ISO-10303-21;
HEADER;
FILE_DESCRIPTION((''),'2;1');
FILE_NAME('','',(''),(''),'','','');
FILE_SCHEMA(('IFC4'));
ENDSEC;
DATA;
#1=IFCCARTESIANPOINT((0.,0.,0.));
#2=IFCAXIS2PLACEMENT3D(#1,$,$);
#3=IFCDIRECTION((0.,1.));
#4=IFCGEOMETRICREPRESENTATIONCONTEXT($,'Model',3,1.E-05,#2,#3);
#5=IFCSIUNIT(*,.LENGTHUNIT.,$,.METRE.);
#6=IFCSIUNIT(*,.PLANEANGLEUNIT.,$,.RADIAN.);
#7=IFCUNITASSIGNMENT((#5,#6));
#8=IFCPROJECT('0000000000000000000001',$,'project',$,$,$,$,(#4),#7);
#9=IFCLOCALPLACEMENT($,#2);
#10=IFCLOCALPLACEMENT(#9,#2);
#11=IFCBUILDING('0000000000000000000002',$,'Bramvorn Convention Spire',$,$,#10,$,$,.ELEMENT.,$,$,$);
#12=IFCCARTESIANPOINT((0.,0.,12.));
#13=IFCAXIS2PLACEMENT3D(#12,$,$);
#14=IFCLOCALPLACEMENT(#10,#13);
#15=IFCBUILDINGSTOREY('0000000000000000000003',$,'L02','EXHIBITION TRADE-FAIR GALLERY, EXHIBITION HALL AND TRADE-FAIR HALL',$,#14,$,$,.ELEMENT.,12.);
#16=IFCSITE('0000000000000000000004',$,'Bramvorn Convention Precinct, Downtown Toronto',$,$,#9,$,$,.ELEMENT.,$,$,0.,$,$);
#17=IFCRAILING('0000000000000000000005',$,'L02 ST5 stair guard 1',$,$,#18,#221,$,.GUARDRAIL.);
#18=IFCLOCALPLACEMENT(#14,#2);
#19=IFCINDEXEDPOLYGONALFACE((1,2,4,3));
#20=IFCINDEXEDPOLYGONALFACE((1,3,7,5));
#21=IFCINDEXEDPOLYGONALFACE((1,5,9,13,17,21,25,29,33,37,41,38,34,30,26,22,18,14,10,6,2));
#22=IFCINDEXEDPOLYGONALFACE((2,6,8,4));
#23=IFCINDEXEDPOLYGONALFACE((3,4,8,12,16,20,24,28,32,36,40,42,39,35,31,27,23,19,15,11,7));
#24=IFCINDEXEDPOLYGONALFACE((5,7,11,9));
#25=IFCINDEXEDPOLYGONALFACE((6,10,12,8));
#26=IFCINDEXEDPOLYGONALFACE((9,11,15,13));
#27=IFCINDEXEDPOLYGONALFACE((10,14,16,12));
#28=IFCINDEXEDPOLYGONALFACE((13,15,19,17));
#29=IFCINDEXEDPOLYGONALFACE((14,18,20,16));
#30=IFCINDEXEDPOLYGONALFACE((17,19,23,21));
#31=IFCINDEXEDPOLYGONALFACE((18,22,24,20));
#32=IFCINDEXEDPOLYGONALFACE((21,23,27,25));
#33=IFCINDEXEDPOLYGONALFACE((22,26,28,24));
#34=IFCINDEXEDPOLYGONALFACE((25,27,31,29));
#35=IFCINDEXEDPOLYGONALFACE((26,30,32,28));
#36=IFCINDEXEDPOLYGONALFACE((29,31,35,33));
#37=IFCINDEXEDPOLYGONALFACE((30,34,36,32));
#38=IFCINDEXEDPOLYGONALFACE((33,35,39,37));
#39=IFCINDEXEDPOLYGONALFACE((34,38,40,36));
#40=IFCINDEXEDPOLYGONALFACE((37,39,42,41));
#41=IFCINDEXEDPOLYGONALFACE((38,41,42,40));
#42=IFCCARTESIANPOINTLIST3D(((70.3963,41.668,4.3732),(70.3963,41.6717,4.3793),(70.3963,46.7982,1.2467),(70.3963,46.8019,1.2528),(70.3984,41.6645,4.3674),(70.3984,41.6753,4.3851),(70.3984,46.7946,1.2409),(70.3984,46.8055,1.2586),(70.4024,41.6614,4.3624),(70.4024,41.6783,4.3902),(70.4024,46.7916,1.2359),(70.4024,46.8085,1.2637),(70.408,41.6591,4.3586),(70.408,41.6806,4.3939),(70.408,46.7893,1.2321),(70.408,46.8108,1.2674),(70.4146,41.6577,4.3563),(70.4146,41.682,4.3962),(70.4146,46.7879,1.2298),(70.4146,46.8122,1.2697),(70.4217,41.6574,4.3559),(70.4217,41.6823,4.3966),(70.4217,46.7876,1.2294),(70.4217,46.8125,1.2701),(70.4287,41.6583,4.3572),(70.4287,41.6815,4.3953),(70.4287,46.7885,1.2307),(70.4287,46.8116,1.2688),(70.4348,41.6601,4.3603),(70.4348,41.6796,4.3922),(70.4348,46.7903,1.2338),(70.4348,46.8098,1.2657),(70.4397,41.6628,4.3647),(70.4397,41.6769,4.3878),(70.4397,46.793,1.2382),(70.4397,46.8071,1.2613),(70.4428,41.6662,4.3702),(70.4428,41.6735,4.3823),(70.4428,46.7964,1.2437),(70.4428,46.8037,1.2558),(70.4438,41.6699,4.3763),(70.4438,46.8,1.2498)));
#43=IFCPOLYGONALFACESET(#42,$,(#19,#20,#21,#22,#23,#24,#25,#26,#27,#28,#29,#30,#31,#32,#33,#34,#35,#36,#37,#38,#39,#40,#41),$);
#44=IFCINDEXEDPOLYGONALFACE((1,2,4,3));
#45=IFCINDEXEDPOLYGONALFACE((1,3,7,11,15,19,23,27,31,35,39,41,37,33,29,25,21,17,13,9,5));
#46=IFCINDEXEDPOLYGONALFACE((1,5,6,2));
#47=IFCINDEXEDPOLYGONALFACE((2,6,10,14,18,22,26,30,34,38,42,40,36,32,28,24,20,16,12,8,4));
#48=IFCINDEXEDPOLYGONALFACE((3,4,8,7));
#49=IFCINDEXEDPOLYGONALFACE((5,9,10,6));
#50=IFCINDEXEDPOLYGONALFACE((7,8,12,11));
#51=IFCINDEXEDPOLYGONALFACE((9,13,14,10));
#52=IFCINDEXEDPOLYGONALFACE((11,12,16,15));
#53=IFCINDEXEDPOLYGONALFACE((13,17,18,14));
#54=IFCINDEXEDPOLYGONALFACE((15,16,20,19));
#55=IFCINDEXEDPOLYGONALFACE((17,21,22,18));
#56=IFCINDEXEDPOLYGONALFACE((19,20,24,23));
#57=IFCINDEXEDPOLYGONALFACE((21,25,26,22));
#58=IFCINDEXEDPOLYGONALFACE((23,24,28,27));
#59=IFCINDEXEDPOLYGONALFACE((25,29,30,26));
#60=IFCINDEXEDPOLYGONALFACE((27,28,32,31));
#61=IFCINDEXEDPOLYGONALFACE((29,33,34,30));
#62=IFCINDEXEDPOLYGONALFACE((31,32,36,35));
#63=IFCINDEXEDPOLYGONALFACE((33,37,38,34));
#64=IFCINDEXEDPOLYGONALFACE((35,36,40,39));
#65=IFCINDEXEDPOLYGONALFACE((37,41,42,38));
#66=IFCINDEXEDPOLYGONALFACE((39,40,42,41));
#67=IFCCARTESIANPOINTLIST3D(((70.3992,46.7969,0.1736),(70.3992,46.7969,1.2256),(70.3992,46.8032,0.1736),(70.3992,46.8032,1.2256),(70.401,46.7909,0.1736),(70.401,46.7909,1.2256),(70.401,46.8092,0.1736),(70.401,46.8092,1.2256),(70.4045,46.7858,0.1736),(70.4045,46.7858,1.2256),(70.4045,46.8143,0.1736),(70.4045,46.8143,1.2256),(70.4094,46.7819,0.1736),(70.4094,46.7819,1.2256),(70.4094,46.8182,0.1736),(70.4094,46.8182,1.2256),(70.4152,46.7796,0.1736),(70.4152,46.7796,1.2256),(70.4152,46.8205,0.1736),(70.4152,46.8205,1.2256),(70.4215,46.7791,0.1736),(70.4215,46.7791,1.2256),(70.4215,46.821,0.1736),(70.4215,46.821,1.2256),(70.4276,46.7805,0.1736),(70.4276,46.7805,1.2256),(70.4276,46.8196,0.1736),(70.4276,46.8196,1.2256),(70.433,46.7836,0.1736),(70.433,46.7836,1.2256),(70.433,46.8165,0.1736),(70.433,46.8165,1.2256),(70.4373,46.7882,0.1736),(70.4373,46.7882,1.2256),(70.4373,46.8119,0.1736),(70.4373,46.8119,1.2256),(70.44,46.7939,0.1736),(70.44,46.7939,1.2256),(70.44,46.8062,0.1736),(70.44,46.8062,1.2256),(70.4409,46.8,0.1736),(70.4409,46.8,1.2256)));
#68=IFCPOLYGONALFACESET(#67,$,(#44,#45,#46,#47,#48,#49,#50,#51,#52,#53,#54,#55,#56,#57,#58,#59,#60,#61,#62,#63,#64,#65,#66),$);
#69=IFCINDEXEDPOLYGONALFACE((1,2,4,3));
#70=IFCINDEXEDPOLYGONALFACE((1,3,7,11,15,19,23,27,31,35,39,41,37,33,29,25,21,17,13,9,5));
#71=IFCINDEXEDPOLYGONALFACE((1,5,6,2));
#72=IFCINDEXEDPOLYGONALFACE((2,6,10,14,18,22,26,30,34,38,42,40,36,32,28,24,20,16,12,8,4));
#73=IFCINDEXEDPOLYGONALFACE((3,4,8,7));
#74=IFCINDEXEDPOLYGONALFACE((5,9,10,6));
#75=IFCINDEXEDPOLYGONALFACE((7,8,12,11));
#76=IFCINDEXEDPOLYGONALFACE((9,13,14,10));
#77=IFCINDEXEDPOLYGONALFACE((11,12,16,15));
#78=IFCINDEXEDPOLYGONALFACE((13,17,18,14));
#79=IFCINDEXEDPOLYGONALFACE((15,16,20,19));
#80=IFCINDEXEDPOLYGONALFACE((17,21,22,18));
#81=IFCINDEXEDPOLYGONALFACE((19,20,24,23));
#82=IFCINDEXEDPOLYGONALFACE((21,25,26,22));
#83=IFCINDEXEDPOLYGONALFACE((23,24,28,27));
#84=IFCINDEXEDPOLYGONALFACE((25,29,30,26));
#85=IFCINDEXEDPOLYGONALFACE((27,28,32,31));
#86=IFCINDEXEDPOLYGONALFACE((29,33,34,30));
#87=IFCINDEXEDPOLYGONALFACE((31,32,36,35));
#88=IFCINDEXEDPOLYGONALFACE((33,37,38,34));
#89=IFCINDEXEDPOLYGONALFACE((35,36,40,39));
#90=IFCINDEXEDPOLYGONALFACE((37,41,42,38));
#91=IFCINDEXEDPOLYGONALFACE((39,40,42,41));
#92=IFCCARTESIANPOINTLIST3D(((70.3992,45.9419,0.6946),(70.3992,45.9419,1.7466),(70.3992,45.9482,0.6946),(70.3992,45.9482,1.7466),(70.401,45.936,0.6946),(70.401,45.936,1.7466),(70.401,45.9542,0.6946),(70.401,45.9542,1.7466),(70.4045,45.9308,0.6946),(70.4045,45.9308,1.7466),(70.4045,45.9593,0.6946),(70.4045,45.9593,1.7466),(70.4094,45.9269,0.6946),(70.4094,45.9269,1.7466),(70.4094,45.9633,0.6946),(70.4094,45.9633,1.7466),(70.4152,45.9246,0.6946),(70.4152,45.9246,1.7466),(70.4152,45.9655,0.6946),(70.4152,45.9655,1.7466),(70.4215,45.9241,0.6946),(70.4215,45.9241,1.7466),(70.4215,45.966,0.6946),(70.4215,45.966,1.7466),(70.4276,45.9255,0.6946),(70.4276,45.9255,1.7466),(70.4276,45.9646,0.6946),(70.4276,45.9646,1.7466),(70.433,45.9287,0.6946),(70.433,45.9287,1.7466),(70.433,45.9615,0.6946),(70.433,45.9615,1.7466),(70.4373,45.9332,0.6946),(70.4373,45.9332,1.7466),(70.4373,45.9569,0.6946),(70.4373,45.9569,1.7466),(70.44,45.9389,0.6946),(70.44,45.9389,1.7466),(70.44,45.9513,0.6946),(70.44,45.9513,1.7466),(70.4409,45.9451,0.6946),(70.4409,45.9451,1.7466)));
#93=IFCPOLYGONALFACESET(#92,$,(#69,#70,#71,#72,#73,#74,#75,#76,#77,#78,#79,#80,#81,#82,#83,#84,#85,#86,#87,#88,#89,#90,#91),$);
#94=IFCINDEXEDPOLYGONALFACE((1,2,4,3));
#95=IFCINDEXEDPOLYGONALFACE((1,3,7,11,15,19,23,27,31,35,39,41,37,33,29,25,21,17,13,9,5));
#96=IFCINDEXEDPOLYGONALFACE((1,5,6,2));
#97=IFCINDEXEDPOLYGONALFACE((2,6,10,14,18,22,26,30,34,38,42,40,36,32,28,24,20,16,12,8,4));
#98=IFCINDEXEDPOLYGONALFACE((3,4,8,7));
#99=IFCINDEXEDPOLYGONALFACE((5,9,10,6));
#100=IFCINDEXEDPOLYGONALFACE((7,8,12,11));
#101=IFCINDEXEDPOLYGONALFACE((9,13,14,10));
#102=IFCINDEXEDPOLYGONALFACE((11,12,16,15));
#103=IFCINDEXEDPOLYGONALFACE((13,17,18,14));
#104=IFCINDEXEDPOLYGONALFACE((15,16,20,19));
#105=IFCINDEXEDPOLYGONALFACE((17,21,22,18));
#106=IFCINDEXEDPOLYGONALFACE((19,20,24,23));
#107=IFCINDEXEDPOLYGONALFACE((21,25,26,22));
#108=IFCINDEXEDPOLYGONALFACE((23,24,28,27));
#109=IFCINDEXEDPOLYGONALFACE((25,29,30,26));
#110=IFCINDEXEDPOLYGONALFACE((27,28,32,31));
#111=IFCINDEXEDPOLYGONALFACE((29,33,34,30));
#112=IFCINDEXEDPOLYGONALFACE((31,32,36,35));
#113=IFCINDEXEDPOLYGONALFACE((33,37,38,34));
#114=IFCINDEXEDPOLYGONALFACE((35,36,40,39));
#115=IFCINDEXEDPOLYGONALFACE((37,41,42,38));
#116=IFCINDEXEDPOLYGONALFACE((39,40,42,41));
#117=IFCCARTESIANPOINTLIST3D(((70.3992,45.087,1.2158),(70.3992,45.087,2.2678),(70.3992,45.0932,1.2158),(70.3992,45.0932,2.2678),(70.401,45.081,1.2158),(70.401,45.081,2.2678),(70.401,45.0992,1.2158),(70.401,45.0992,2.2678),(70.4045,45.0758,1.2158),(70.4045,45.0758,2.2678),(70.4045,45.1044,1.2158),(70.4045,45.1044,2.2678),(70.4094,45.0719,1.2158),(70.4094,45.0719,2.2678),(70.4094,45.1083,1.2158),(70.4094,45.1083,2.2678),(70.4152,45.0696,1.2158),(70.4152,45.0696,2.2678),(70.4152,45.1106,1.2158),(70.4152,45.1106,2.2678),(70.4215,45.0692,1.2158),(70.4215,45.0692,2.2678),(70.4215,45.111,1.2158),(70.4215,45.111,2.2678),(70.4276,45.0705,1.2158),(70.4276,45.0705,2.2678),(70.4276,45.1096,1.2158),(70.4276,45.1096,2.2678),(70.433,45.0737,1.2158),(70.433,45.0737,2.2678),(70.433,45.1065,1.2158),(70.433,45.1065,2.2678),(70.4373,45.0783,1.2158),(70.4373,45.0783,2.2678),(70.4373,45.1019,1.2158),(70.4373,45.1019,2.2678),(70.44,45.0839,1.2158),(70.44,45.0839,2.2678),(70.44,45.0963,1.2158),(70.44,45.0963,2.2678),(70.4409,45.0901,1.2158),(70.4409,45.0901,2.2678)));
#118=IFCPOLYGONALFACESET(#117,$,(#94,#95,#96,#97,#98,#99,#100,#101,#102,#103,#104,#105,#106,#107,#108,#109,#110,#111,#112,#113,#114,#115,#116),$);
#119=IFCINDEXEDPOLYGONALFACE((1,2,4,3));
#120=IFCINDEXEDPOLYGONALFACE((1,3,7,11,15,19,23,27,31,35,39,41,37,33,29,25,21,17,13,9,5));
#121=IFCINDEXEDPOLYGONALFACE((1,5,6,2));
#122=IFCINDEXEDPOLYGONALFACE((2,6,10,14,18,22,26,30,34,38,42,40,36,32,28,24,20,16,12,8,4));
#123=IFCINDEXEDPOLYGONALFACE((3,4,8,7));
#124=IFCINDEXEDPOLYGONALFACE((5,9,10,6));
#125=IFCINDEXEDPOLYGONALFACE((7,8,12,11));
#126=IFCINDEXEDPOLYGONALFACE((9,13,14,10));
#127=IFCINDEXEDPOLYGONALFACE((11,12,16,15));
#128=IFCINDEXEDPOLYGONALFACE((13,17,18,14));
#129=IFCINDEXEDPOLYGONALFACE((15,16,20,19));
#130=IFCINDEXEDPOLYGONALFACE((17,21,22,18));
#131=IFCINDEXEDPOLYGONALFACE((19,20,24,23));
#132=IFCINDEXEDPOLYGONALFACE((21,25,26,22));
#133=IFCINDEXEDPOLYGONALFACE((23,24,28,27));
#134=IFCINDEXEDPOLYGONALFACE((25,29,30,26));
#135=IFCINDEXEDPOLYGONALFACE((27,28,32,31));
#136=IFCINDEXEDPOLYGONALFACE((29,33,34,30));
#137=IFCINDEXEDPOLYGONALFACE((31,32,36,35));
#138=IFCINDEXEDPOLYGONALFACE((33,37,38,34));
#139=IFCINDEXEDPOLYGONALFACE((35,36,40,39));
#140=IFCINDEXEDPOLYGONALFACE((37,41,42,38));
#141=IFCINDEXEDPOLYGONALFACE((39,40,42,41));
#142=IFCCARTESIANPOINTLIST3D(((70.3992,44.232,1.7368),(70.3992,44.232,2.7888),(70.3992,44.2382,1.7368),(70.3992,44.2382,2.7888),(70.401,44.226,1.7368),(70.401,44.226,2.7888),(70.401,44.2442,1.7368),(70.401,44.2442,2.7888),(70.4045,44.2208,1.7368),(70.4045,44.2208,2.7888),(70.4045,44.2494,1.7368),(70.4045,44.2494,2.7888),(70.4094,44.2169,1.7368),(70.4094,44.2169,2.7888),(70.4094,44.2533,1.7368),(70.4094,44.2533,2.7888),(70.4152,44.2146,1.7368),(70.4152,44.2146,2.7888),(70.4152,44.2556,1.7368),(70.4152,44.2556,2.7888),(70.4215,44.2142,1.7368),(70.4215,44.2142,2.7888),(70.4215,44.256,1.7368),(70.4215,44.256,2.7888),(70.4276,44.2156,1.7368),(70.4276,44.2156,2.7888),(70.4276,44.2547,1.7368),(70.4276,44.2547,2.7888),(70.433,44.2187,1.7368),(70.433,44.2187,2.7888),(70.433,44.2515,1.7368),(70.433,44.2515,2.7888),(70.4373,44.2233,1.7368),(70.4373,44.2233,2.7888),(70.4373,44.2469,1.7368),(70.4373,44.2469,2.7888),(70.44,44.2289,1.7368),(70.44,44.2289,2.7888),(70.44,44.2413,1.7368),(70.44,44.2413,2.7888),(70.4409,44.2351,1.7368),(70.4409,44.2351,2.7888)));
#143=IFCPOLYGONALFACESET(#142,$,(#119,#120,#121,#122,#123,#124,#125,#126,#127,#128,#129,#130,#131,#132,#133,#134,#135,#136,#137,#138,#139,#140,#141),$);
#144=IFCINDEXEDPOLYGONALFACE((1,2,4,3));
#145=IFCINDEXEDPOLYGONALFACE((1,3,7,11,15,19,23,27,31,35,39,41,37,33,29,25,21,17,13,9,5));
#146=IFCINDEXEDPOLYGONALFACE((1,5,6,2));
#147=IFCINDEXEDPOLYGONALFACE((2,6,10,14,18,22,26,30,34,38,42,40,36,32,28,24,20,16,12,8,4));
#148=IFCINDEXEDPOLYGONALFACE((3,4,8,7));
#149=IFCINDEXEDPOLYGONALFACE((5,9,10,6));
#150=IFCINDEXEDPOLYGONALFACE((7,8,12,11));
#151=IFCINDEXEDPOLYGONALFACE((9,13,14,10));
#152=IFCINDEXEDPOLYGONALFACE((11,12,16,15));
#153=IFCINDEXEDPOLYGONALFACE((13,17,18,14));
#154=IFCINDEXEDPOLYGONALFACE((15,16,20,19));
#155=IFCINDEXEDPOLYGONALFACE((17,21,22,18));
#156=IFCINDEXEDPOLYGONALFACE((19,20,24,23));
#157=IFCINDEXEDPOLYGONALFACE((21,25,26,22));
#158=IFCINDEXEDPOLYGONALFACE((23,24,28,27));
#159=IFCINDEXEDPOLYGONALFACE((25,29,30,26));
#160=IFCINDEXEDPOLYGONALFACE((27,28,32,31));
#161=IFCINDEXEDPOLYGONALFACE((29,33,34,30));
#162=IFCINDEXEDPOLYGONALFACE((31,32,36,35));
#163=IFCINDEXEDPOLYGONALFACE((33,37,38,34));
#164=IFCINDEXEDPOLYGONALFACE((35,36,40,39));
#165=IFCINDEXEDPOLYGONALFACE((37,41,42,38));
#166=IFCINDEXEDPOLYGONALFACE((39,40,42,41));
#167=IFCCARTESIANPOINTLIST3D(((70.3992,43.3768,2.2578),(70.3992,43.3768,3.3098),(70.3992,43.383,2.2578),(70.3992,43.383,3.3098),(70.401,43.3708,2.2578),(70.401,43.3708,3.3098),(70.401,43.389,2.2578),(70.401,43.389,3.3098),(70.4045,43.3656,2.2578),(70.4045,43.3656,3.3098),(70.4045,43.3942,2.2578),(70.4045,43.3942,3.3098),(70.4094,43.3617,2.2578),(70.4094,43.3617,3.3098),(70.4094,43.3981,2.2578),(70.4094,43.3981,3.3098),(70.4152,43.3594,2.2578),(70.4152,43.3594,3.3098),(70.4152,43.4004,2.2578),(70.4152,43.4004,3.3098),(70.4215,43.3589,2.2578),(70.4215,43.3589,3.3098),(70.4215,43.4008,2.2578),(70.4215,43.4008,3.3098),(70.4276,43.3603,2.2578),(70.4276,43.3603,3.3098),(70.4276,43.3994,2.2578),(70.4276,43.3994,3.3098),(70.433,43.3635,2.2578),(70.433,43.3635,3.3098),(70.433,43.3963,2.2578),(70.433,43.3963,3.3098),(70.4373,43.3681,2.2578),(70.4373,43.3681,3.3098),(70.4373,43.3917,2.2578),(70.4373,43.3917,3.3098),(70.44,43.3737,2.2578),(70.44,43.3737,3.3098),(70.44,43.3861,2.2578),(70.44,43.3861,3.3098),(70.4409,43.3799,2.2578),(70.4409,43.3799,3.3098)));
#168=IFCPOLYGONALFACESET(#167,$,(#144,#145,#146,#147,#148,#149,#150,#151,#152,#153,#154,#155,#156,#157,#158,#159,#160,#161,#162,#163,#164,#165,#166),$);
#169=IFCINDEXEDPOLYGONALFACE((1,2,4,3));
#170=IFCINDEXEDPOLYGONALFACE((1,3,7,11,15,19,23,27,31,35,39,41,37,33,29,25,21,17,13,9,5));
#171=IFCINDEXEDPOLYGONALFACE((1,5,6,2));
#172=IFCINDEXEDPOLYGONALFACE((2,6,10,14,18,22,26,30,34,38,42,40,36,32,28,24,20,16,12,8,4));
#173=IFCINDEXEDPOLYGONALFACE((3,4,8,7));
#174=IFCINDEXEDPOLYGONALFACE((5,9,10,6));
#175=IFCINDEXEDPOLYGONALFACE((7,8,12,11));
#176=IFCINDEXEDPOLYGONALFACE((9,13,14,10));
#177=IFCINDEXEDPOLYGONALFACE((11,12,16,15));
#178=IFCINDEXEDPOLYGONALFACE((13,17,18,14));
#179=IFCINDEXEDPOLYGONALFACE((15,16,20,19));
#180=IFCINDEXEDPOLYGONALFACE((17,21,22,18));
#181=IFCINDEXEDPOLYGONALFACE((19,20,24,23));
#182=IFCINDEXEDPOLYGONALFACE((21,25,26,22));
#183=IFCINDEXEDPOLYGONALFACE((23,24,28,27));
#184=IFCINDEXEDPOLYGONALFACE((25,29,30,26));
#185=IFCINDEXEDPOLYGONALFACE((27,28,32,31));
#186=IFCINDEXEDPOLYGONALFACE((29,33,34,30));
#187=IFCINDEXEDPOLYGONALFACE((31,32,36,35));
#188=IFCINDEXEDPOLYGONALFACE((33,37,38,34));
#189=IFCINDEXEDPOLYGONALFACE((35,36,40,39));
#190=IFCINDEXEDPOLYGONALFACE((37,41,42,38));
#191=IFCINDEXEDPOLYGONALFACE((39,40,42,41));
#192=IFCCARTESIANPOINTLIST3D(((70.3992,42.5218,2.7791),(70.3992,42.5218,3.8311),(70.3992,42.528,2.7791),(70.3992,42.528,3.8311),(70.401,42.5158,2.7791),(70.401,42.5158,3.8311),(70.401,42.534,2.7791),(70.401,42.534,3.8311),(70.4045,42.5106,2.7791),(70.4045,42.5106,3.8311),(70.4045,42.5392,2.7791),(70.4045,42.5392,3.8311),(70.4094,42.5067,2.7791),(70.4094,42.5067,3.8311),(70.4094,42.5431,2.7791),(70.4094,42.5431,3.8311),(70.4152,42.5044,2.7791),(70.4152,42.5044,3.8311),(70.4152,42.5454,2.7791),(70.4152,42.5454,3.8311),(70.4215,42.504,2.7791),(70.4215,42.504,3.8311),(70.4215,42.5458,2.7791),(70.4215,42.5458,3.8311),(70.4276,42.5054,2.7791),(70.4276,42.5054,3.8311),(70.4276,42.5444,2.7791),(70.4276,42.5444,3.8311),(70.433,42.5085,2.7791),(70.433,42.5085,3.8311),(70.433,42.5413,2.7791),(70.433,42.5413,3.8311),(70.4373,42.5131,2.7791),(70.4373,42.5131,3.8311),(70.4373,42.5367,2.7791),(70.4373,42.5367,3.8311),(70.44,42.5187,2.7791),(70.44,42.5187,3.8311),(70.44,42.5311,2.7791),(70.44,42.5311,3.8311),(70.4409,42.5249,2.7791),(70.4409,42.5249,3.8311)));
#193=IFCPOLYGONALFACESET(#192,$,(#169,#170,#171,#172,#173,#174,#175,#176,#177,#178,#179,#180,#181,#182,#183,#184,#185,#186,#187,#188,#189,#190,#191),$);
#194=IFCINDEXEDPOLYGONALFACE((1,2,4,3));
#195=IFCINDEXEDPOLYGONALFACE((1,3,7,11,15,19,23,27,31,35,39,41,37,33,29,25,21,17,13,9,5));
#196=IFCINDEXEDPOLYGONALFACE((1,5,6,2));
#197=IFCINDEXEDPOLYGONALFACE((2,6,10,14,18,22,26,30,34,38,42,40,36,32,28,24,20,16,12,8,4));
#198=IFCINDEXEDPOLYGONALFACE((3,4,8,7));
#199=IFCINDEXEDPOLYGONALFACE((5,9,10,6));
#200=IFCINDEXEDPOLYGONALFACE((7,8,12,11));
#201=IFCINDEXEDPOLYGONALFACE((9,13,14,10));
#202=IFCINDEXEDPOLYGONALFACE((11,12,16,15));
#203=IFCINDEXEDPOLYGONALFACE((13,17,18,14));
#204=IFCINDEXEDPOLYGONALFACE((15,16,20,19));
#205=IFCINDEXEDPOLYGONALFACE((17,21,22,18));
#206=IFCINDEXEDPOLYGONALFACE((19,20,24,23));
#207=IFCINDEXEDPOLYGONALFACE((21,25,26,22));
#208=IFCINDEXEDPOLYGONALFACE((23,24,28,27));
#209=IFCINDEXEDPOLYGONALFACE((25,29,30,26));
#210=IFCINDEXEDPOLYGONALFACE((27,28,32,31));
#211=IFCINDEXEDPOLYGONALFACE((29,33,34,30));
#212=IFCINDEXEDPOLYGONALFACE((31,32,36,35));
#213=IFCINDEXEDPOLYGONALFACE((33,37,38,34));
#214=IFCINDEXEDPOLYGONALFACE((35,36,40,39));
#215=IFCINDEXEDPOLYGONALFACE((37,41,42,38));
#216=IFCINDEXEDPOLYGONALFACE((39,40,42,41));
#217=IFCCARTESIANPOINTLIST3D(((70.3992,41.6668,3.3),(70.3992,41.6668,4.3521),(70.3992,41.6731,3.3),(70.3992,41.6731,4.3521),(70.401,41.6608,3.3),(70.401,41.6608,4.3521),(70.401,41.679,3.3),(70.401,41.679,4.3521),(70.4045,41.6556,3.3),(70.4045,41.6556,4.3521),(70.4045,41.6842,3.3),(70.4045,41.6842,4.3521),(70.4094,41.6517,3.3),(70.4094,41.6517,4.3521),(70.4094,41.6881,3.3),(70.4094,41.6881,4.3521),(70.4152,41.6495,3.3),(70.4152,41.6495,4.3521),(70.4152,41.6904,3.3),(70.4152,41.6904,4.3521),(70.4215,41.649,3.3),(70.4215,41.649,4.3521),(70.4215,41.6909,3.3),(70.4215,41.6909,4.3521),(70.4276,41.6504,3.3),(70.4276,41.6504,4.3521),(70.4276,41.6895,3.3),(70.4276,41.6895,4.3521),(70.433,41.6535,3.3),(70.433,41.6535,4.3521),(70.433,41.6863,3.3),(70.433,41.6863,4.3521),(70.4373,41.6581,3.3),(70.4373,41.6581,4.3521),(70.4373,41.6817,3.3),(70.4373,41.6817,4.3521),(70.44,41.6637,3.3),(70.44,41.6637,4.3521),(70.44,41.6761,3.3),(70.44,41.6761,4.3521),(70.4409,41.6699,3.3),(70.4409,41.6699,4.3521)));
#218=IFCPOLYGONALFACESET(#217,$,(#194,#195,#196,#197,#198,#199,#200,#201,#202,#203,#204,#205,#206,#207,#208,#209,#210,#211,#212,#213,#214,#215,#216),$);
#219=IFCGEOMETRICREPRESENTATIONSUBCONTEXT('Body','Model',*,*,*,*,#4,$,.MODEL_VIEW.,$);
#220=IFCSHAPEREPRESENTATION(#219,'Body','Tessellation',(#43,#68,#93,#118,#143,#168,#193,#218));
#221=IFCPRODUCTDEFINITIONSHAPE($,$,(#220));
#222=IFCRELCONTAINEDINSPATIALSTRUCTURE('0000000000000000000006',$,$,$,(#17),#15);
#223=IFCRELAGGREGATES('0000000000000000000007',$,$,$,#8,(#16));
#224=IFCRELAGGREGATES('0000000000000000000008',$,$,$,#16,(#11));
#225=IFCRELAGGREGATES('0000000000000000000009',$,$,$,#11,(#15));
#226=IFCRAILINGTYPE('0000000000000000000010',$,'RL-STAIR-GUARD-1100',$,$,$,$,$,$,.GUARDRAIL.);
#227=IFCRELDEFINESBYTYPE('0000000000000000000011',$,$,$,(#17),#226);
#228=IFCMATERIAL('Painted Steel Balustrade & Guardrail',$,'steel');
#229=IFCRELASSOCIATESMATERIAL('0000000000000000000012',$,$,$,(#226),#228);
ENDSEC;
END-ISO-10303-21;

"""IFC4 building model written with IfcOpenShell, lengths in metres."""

from ifc_helpers import new_model, si_unit, direction, frame, origin, origin_2d, place, context, subcontext, project, spatial, circle, extrude, material, type_object, element, save


model = new_model("IFC4")

# Units and contexts
model_context = context("Model", 3, precision=1e-05, world=origin(), true_north=direction((0.0, 1.0)))
body_context = subcontext(model_context, "Body", "Model", "MODEL_VIEW")
ifc_project = project(units=[si_unit("LENGTHUNIT", "METRE"), si_unit("PLANEANGLEUNIT", "RADIAN")], contexts=[model_context])

# Site, building, storey
site_placement = place(None, origin())
site = spatial("IfcSite", under=ifc_project, at=site_placement, Name="Bramvorn Convention Precinct, Downtown Toronto", CompositionType="ELEMENT", RefElevation=0.0)
building_placement = place(site_placement, origin())
building = spatial("IfcBuilding", under=site, at=building_placement, Name="Bramvorn Convention Spire", CompositionType="ELEMENT")
storey_placement = place(building_placement, frame((0.0, 0.0, 12.0)))
storey = spatial("IfcBuildingStorey", under=building, at=storey_placement, Name="L02", Description="EXHIBITION TRADE-FAIR GALLERY, EXHIBITION HALL AND TRADE-FAIR HALL", CompositionType="ELEMENT", Elevation=12.0)

# Railing
ifc_material_1 = material(Name="Painted Steel Balustrade & Guardrail", Category="steel")
railing_type_1 = type_object("IfcRailingType", Name="RL-STAIR-GUARD-1100", PredefinedType="GUARDRAIL", material=ifc_material_1)
railing_1_placement = place(storey_placement, frame((70.4199, 46.8, 0.1736)))
element("IfcRailing", 1, at=railing_1_placement, inside=storey, type_object=railing_type_1, Name="L02 ST5 stair guard 1", PredefinedType="GUARDRAIL", context=body_context, shape_type="SweptSolid", body=[
    extrude(circle(Radius=0.0239, at=origin_2d()), frame((0.0, 0.0, 1.0762), z_axis=(0.0, -0.853919, 0.520406), x_axis=(1.0, 0.0, 0.0)), (0.0, 0.0, 1.0), 6.0078),
    extrude(circle(Radius=0.021, at=origin_2d()), origin(), (0.0, 0.0, 1.0), 1.052),
    extrude(circle(Radius=0.021, at=origin_2d()), frame((0.0, -0.855, 0.521)), (0.0, 0.0, 1.0), 1.052),
    extrude(circle(Radius=0.021, at=origin_2d()), frame((0.0, -1.71, 1.0422)), (0.0, 0.0, 1.0), 1.052),
    extrude(circle(Radius=0.021, at=origin_2d()), frame((0.0, -2.5649, 1.5632)), (0.0, 0.0, 1.0), 1.052),
    extrude(circle(Radius=0.021, at=origin_2d()), frame((0.0, -3.4202, 2.0842)), (0.0, 0.0, 1.0), 1.052),
    extrude(circle(Radius=0.021, at=origin_2d()), frame((0.0, -4.2751, 2.6055)), (0.0, 0.0, 1.0), 1.052),
    extrude(circle(Radius=0.021, at=origin_2d()), frame((0.0, -5.1301, 3.1265)), (0.0, 0.0, 1.0), 1.052),
])

save(model, "model.ifc")
